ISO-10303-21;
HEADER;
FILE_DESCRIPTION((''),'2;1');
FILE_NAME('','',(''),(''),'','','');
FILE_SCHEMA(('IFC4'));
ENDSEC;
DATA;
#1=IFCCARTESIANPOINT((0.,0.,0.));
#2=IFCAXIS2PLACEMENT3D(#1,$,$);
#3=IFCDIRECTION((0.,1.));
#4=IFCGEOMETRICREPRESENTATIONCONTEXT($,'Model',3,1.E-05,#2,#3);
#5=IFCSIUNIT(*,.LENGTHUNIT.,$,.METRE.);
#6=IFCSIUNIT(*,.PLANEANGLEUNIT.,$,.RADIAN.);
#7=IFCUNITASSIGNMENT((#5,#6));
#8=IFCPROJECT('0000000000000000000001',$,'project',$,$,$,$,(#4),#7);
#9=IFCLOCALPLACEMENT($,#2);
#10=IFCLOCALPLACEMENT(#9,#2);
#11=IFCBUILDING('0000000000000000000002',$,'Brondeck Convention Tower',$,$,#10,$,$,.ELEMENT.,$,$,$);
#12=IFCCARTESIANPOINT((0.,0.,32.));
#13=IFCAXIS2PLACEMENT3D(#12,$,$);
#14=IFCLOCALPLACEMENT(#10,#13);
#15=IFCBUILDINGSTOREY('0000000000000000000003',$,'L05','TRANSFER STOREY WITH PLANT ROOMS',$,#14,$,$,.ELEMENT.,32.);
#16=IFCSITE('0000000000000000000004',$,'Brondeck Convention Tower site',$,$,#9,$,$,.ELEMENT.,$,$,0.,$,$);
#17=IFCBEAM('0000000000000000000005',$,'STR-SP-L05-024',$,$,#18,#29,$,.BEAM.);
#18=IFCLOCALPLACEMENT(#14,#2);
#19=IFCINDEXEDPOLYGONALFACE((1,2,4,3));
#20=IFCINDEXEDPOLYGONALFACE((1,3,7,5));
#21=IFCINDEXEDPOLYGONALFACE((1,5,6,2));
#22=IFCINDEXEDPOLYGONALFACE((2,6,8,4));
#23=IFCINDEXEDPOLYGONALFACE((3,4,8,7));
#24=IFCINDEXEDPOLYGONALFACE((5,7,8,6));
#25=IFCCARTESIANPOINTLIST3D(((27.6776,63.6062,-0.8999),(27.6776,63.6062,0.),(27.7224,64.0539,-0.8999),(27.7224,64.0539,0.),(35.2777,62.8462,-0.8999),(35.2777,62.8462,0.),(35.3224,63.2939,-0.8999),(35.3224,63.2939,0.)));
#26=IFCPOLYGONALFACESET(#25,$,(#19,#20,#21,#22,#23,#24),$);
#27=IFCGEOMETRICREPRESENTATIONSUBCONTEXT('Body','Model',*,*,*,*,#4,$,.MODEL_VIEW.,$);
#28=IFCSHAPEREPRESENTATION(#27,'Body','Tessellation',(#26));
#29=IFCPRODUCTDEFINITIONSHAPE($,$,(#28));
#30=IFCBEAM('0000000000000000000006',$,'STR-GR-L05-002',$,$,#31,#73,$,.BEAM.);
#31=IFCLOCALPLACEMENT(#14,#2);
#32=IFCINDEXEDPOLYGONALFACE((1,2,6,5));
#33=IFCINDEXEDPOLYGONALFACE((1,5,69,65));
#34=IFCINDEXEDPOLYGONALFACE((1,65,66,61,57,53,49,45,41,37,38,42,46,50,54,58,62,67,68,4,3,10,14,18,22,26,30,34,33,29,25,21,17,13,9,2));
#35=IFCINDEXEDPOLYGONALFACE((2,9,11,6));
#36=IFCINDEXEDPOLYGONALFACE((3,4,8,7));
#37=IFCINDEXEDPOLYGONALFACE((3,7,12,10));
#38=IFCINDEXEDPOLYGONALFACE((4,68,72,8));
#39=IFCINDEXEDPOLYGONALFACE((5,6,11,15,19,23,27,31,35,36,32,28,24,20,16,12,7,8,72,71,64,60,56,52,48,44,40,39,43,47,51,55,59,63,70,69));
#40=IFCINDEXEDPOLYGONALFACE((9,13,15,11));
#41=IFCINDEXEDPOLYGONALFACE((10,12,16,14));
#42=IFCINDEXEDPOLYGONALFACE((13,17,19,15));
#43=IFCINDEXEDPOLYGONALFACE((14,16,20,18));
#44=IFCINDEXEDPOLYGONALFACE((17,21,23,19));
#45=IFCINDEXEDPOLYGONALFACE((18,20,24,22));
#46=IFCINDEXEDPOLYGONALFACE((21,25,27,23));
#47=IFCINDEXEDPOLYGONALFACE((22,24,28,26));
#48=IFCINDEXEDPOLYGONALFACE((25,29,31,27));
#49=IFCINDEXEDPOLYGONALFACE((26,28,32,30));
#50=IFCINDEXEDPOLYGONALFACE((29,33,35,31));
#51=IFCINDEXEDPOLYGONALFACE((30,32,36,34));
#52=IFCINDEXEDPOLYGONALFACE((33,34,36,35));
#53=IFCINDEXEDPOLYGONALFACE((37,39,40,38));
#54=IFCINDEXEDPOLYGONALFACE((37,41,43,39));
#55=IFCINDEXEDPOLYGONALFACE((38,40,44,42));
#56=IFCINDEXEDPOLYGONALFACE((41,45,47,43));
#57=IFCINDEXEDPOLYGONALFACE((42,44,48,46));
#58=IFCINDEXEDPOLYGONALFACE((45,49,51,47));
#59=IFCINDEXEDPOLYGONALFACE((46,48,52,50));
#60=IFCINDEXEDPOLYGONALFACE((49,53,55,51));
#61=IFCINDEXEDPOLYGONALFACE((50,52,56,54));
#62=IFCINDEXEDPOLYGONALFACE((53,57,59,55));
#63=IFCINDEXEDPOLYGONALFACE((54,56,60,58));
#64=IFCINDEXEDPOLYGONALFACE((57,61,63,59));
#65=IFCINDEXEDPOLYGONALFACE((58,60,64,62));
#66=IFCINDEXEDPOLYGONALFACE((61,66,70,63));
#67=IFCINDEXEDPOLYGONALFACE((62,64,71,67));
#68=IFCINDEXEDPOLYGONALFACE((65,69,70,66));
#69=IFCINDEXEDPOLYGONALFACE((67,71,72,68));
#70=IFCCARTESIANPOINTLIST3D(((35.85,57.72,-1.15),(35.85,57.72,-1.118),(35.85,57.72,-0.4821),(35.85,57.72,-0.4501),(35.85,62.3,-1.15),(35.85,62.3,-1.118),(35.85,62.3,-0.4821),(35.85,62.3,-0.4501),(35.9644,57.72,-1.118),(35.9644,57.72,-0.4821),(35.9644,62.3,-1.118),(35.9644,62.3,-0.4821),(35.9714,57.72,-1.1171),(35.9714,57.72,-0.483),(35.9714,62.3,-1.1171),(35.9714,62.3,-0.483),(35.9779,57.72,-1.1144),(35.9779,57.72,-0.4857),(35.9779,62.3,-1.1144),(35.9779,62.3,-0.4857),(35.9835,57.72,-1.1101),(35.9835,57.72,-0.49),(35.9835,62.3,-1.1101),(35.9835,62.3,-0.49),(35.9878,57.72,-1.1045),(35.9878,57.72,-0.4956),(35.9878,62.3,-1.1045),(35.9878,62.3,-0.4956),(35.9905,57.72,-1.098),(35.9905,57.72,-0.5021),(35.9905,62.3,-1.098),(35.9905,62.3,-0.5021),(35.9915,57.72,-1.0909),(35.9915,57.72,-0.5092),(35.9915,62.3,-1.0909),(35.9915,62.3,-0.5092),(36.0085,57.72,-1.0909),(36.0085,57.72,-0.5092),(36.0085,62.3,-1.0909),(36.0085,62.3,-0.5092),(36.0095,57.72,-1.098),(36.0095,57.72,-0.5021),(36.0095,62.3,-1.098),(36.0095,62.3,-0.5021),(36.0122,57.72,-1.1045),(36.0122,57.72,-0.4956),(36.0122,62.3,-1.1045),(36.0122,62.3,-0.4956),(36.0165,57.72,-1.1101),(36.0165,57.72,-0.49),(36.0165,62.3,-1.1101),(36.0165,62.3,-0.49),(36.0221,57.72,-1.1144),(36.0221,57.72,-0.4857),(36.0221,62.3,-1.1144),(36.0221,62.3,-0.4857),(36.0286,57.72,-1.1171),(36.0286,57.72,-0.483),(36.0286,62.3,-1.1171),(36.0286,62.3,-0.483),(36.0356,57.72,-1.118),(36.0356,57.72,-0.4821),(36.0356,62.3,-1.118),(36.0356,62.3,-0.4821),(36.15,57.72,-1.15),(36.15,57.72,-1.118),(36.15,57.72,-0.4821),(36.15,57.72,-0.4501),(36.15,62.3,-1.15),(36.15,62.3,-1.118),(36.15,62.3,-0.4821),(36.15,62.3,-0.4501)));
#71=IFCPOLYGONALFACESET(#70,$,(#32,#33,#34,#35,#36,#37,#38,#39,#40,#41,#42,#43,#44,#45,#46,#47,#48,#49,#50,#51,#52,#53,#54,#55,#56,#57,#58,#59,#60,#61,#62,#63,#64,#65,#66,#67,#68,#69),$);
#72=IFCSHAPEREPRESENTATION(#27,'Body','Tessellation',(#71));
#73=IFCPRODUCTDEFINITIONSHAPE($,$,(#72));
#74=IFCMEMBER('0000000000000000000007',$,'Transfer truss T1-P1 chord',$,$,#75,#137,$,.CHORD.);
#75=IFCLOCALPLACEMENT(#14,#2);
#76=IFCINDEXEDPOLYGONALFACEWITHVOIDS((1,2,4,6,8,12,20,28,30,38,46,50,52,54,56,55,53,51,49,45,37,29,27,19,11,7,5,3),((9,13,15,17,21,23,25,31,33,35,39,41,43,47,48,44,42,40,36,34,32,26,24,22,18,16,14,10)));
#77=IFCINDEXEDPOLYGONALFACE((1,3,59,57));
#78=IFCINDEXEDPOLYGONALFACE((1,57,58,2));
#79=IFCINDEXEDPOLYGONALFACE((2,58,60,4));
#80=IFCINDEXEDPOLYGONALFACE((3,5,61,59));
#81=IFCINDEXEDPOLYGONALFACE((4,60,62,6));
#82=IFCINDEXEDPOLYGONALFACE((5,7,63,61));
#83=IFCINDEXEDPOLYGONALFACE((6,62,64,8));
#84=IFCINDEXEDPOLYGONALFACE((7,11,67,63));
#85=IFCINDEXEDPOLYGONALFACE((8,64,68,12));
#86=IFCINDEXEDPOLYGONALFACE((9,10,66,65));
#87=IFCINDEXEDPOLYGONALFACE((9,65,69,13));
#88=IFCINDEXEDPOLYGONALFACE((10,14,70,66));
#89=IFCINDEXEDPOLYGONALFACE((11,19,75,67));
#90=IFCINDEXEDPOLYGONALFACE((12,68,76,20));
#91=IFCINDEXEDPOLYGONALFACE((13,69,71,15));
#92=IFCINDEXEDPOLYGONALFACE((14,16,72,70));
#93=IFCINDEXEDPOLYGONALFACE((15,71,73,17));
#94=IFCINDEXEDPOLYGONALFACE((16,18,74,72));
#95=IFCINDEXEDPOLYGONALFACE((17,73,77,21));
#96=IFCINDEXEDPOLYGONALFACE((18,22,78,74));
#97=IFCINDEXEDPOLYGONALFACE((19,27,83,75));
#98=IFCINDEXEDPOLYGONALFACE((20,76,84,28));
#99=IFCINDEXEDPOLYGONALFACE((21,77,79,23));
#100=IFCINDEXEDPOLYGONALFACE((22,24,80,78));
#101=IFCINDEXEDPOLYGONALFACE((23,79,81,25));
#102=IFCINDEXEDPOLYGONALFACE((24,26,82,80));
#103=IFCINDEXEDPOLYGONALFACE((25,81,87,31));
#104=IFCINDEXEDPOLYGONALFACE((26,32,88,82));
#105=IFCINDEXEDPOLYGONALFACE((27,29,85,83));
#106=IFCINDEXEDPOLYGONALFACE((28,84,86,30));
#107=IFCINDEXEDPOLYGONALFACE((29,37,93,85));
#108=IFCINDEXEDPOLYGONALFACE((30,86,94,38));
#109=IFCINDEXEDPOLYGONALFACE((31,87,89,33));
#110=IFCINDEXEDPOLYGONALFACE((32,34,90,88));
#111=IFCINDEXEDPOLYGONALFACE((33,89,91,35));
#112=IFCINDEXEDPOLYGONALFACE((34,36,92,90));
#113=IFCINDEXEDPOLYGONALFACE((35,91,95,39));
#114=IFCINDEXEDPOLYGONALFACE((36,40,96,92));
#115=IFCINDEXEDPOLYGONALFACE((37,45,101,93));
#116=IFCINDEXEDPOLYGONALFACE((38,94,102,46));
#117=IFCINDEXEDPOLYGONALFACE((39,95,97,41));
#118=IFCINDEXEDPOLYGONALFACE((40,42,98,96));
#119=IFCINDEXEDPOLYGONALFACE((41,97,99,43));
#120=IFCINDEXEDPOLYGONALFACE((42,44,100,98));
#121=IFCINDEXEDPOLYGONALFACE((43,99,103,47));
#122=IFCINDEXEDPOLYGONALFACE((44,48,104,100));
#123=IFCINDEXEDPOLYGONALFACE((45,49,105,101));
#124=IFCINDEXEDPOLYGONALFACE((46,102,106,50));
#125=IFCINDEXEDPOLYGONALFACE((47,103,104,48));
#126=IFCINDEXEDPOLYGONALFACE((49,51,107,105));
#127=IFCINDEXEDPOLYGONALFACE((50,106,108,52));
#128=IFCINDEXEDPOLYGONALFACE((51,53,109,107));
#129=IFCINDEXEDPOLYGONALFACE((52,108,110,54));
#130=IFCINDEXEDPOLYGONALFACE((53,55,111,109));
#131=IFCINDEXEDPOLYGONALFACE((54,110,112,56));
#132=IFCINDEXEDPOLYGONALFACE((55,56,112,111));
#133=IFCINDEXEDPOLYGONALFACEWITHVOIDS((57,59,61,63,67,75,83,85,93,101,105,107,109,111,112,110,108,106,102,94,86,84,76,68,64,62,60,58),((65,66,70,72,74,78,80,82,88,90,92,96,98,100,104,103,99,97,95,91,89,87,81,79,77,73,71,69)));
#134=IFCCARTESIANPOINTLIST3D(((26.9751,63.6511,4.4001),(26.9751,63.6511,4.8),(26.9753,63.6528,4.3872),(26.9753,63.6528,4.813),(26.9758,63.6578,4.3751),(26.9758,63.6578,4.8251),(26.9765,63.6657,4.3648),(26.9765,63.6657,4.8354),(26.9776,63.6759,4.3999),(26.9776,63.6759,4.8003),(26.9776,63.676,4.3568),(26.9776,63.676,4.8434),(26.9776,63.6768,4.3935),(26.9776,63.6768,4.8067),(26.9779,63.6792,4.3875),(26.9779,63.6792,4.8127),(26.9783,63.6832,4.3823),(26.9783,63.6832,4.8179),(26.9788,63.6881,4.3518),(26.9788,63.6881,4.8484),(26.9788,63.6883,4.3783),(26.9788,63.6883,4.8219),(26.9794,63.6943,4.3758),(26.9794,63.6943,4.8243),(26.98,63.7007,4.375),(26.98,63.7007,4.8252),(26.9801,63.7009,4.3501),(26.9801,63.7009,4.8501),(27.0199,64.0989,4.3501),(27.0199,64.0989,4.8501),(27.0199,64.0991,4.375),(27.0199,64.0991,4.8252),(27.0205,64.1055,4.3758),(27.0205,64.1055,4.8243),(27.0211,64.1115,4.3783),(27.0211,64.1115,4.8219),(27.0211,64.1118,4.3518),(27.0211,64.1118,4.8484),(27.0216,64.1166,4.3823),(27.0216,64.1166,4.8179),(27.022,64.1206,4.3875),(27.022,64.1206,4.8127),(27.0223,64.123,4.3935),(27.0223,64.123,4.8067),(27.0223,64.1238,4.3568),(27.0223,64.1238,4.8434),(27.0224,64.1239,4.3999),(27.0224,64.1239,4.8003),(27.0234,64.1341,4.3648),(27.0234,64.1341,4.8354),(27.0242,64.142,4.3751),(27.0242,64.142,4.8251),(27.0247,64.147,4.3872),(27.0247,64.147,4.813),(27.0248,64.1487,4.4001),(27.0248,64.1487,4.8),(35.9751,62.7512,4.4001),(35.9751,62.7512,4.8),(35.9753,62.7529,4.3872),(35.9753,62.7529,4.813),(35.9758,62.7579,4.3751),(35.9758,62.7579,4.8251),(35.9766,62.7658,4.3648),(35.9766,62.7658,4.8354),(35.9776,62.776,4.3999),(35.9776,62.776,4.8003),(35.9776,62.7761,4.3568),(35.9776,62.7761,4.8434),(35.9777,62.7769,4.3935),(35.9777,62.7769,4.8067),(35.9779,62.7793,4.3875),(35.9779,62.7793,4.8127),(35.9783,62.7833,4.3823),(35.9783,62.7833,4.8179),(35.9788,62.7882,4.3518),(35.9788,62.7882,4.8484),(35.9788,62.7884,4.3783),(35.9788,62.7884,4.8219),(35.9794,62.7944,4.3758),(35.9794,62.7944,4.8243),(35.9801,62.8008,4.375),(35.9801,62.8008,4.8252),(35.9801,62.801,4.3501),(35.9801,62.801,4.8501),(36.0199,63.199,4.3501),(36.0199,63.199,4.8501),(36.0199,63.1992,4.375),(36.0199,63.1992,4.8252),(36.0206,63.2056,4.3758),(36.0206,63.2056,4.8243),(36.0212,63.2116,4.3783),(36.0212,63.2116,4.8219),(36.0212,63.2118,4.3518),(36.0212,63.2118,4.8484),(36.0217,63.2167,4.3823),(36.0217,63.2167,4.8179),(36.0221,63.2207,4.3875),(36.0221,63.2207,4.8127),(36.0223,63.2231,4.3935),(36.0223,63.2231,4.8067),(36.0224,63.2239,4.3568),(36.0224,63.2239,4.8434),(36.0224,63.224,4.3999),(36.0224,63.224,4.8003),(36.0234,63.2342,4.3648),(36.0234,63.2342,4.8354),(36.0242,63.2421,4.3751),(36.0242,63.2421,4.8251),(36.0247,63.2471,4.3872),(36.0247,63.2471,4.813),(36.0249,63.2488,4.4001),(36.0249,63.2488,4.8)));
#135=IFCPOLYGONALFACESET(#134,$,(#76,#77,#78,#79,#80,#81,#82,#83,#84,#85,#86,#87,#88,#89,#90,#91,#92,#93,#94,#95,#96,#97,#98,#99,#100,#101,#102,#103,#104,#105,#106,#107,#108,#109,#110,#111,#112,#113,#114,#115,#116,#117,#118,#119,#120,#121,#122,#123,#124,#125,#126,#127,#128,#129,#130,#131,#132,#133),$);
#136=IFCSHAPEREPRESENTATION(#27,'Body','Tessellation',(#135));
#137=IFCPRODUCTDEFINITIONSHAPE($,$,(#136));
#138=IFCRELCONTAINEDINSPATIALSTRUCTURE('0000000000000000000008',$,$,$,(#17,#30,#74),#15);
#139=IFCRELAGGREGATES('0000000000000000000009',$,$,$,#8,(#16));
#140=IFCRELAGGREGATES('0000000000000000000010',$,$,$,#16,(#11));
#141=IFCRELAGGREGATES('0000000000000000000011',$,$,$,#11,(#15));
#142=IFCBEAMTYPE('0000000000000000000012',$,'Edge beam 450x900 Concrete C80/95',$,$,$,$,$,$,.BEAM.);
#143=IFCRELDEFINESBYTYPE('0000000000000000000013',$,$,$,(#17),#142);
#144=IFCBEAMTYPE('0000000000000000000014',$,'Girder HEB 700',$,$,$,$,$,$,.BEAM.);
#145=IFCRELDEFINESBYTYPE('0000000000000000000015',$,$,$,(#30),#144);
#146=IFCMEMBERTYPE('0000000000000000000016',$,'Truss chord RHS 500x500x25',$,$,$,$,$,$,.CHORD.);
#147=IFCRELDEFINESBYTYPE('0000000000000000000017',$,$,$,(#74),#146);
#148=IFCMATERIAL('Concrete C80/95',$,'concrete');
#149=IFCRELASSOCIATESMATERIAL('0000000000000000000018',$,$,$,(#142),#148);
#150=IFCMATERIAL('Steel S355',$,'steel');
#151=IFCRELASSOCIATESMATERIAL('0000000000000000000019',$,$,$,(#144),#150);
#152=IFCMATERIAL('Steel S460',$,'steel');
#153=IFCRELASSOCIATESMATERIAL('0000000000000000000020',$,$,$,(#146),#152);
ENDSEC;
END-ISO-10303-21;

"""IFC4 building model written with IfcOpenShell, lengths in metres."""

from ifc_helpers import new_model, si_unit, direction, frame, origin, origin_2d, place, context, subcontext, project, spatial, rectangle, hollow_rectangle, i_section, extrude, material, material_profile, profile_set, type_object, element, save


model = new_model("IFC4")

# Units and contexts
model_context = context("Model", 3, precision=1e-05, world=origin(), true_north=direction((0.0, 1.0)))
body_context = subcontext(model_context, "Body", "Model", "MODEL_VIEW")
ifc_project = project(units=[si_unit("LENGTHUNIT", "METRE"), si_unit("PLANEANGLEUNIT", "RADIAN")], contexts=[model_context])

# Site, building, storey
site_placement = place(None, origin())
site = spatial("IfcSite", under=ifc_project, at=site_placement, Name="Brondeck Convention Tower site", CompositionType="ELEMENT", RefElevation=0.0)
building_placement = place(site_placement, origin())
building = spatial("IfcBuilding", under=site, at=building_placement, Name="Brondeck Convention Tower", CompositionType="ELEMENT")
storey_placement = place(building_placement, frame((0.0, 0.0, 32.0)))
storey = spatial("IfcBuildingStorey", under=building, at=storey_placement, Name="L05", Description="TRANSFER STOREY WITH PLANT ROOMS", CompositionType="ELEMENT", Elevation=32.0)

# Shared definitions
ifc_material_1 = material(Name="Steel S460", Category="steel")

# Beams
ifc_material_2 = material(Name="Concrete C80/95", Category="concrete")
ifc_material_profile_1 = material_profile(ifc_material_2, rectangle(XDim=0.45, YDim=0.8999, at=origin_2d()), Name="Edge beam 450x900 Concrete C80/95")
ifc_profile_set_1 = profile_set([ifc_material_profile_1], Name="Concrete C80/95")
beam_type_1 = type_object("IfcBeamType", Name="Edge beam 450x900 Concrete C80/95", PredefinedType="BEAM", material=ifc_profile_set_1)
beam_1_placement = place(storey_placement, frame((35.3, 63.0701, -0.45), z_axis=(-0.995037, 0.099504, 0.0), x_axis=(-0.099504, -0.995037, 0.0)))
element("IfcBeam", 1, at=beam_1_placement, inside=storey, type_object=beam_type_1, Name="STR-SP-L05-024", PredefinedType="BEAM", context=body_context, shape_type="SweptSolid", body=[
    extrude(rectangle(XDim=0.45, YDim=0.8999, at=origin_2d()), origin(), (0.0, 0.0, 1.0), 7.6379),
])
ifc_material_3 = material(Name="Steel S355", Category="steel")
ifc_material_profile_2 = material_profile(ifc_material_3, i_section(OverallWidth=0.3, OverallDepth=0.7, WebThickness=0.0171, FlangeThickness=0.032, FilletRadius=0.0271, at=origin_2d()), Name="HEB 700")
ifc_profile_set_2 = profile_set([ifc_material_profile_2], Name="Steel S355")
beam_type_2 = type_object("IfcBeamType", Name="Girder HEB 700", PredefinedType="BEAM", material=ifc_profile_set_2)
beam_2_placement = place(storey_placement, frame((36.0, 57.72, -0.8), z_axis=(0.0, 1.0, 0.0), x_axis=(-1.0, 0.0, 0.0)))
element("IfcBeam", 2, at=beam_2_placement, inside=storey, type_object=beam_type_2, Name="STR-GR-L05-002", PredefinedType="BEAM", context=body_context, shape_type="SweptSolid", body=[
    extrude(i_section(OverallWidth=0.3, OverallDepth=0.7, WebThickness=0.0171, FlangeThickness=0.032, FilletRadius=0.0271, at=origin_2d()), origin(), (0.0, 0.0, 1.0), 4.5801),
])

# Member
ifc_material_profile_3 = material_profile(ifc_material_1, hollow_rectangle(XDim=0.5, YDim=0.5, WallThickness=0.0249, InnerFilletRadius=0.0249, OuterFilletRadius=0.05, at=origin_2d()), Name="RHS 500x500x25")
ifc_profile_set_3 = profile_set([ifc_material_profile_3], Name="Steel S460")
member_type_1 = type_object("IfcMemberType", Name="Truss chord RHS 500x500x25", PredefinedType="CHORD", material=ifc_profile_set_3)
member_placement = place(storey_placement, frame((36.0, 63.0, 4.6001), z_axis=(-0.995038, 0.099493, 0.0), x_axis=(-0.099493, -0.995038, 0.0)))
element("IfcMember", 3, at=member_placement, inside=storey, type_object=member_type_1, Name="Transfer truss T1-P1 chord", PredefinedType="CHORD", context=body_context, shape_type="SweptSolid", body=[
    extrude(hollow_rectangle(XDim=0.5, YDim=0.5, WallThickness=0.0249, InnerFilletRadius=0.0249, OuterFilletRadius=0.05, at=origin_2d()), origin(), (0.0, 0.0, 1.0), 9.0449),
])

save(model, "model.ifc")
